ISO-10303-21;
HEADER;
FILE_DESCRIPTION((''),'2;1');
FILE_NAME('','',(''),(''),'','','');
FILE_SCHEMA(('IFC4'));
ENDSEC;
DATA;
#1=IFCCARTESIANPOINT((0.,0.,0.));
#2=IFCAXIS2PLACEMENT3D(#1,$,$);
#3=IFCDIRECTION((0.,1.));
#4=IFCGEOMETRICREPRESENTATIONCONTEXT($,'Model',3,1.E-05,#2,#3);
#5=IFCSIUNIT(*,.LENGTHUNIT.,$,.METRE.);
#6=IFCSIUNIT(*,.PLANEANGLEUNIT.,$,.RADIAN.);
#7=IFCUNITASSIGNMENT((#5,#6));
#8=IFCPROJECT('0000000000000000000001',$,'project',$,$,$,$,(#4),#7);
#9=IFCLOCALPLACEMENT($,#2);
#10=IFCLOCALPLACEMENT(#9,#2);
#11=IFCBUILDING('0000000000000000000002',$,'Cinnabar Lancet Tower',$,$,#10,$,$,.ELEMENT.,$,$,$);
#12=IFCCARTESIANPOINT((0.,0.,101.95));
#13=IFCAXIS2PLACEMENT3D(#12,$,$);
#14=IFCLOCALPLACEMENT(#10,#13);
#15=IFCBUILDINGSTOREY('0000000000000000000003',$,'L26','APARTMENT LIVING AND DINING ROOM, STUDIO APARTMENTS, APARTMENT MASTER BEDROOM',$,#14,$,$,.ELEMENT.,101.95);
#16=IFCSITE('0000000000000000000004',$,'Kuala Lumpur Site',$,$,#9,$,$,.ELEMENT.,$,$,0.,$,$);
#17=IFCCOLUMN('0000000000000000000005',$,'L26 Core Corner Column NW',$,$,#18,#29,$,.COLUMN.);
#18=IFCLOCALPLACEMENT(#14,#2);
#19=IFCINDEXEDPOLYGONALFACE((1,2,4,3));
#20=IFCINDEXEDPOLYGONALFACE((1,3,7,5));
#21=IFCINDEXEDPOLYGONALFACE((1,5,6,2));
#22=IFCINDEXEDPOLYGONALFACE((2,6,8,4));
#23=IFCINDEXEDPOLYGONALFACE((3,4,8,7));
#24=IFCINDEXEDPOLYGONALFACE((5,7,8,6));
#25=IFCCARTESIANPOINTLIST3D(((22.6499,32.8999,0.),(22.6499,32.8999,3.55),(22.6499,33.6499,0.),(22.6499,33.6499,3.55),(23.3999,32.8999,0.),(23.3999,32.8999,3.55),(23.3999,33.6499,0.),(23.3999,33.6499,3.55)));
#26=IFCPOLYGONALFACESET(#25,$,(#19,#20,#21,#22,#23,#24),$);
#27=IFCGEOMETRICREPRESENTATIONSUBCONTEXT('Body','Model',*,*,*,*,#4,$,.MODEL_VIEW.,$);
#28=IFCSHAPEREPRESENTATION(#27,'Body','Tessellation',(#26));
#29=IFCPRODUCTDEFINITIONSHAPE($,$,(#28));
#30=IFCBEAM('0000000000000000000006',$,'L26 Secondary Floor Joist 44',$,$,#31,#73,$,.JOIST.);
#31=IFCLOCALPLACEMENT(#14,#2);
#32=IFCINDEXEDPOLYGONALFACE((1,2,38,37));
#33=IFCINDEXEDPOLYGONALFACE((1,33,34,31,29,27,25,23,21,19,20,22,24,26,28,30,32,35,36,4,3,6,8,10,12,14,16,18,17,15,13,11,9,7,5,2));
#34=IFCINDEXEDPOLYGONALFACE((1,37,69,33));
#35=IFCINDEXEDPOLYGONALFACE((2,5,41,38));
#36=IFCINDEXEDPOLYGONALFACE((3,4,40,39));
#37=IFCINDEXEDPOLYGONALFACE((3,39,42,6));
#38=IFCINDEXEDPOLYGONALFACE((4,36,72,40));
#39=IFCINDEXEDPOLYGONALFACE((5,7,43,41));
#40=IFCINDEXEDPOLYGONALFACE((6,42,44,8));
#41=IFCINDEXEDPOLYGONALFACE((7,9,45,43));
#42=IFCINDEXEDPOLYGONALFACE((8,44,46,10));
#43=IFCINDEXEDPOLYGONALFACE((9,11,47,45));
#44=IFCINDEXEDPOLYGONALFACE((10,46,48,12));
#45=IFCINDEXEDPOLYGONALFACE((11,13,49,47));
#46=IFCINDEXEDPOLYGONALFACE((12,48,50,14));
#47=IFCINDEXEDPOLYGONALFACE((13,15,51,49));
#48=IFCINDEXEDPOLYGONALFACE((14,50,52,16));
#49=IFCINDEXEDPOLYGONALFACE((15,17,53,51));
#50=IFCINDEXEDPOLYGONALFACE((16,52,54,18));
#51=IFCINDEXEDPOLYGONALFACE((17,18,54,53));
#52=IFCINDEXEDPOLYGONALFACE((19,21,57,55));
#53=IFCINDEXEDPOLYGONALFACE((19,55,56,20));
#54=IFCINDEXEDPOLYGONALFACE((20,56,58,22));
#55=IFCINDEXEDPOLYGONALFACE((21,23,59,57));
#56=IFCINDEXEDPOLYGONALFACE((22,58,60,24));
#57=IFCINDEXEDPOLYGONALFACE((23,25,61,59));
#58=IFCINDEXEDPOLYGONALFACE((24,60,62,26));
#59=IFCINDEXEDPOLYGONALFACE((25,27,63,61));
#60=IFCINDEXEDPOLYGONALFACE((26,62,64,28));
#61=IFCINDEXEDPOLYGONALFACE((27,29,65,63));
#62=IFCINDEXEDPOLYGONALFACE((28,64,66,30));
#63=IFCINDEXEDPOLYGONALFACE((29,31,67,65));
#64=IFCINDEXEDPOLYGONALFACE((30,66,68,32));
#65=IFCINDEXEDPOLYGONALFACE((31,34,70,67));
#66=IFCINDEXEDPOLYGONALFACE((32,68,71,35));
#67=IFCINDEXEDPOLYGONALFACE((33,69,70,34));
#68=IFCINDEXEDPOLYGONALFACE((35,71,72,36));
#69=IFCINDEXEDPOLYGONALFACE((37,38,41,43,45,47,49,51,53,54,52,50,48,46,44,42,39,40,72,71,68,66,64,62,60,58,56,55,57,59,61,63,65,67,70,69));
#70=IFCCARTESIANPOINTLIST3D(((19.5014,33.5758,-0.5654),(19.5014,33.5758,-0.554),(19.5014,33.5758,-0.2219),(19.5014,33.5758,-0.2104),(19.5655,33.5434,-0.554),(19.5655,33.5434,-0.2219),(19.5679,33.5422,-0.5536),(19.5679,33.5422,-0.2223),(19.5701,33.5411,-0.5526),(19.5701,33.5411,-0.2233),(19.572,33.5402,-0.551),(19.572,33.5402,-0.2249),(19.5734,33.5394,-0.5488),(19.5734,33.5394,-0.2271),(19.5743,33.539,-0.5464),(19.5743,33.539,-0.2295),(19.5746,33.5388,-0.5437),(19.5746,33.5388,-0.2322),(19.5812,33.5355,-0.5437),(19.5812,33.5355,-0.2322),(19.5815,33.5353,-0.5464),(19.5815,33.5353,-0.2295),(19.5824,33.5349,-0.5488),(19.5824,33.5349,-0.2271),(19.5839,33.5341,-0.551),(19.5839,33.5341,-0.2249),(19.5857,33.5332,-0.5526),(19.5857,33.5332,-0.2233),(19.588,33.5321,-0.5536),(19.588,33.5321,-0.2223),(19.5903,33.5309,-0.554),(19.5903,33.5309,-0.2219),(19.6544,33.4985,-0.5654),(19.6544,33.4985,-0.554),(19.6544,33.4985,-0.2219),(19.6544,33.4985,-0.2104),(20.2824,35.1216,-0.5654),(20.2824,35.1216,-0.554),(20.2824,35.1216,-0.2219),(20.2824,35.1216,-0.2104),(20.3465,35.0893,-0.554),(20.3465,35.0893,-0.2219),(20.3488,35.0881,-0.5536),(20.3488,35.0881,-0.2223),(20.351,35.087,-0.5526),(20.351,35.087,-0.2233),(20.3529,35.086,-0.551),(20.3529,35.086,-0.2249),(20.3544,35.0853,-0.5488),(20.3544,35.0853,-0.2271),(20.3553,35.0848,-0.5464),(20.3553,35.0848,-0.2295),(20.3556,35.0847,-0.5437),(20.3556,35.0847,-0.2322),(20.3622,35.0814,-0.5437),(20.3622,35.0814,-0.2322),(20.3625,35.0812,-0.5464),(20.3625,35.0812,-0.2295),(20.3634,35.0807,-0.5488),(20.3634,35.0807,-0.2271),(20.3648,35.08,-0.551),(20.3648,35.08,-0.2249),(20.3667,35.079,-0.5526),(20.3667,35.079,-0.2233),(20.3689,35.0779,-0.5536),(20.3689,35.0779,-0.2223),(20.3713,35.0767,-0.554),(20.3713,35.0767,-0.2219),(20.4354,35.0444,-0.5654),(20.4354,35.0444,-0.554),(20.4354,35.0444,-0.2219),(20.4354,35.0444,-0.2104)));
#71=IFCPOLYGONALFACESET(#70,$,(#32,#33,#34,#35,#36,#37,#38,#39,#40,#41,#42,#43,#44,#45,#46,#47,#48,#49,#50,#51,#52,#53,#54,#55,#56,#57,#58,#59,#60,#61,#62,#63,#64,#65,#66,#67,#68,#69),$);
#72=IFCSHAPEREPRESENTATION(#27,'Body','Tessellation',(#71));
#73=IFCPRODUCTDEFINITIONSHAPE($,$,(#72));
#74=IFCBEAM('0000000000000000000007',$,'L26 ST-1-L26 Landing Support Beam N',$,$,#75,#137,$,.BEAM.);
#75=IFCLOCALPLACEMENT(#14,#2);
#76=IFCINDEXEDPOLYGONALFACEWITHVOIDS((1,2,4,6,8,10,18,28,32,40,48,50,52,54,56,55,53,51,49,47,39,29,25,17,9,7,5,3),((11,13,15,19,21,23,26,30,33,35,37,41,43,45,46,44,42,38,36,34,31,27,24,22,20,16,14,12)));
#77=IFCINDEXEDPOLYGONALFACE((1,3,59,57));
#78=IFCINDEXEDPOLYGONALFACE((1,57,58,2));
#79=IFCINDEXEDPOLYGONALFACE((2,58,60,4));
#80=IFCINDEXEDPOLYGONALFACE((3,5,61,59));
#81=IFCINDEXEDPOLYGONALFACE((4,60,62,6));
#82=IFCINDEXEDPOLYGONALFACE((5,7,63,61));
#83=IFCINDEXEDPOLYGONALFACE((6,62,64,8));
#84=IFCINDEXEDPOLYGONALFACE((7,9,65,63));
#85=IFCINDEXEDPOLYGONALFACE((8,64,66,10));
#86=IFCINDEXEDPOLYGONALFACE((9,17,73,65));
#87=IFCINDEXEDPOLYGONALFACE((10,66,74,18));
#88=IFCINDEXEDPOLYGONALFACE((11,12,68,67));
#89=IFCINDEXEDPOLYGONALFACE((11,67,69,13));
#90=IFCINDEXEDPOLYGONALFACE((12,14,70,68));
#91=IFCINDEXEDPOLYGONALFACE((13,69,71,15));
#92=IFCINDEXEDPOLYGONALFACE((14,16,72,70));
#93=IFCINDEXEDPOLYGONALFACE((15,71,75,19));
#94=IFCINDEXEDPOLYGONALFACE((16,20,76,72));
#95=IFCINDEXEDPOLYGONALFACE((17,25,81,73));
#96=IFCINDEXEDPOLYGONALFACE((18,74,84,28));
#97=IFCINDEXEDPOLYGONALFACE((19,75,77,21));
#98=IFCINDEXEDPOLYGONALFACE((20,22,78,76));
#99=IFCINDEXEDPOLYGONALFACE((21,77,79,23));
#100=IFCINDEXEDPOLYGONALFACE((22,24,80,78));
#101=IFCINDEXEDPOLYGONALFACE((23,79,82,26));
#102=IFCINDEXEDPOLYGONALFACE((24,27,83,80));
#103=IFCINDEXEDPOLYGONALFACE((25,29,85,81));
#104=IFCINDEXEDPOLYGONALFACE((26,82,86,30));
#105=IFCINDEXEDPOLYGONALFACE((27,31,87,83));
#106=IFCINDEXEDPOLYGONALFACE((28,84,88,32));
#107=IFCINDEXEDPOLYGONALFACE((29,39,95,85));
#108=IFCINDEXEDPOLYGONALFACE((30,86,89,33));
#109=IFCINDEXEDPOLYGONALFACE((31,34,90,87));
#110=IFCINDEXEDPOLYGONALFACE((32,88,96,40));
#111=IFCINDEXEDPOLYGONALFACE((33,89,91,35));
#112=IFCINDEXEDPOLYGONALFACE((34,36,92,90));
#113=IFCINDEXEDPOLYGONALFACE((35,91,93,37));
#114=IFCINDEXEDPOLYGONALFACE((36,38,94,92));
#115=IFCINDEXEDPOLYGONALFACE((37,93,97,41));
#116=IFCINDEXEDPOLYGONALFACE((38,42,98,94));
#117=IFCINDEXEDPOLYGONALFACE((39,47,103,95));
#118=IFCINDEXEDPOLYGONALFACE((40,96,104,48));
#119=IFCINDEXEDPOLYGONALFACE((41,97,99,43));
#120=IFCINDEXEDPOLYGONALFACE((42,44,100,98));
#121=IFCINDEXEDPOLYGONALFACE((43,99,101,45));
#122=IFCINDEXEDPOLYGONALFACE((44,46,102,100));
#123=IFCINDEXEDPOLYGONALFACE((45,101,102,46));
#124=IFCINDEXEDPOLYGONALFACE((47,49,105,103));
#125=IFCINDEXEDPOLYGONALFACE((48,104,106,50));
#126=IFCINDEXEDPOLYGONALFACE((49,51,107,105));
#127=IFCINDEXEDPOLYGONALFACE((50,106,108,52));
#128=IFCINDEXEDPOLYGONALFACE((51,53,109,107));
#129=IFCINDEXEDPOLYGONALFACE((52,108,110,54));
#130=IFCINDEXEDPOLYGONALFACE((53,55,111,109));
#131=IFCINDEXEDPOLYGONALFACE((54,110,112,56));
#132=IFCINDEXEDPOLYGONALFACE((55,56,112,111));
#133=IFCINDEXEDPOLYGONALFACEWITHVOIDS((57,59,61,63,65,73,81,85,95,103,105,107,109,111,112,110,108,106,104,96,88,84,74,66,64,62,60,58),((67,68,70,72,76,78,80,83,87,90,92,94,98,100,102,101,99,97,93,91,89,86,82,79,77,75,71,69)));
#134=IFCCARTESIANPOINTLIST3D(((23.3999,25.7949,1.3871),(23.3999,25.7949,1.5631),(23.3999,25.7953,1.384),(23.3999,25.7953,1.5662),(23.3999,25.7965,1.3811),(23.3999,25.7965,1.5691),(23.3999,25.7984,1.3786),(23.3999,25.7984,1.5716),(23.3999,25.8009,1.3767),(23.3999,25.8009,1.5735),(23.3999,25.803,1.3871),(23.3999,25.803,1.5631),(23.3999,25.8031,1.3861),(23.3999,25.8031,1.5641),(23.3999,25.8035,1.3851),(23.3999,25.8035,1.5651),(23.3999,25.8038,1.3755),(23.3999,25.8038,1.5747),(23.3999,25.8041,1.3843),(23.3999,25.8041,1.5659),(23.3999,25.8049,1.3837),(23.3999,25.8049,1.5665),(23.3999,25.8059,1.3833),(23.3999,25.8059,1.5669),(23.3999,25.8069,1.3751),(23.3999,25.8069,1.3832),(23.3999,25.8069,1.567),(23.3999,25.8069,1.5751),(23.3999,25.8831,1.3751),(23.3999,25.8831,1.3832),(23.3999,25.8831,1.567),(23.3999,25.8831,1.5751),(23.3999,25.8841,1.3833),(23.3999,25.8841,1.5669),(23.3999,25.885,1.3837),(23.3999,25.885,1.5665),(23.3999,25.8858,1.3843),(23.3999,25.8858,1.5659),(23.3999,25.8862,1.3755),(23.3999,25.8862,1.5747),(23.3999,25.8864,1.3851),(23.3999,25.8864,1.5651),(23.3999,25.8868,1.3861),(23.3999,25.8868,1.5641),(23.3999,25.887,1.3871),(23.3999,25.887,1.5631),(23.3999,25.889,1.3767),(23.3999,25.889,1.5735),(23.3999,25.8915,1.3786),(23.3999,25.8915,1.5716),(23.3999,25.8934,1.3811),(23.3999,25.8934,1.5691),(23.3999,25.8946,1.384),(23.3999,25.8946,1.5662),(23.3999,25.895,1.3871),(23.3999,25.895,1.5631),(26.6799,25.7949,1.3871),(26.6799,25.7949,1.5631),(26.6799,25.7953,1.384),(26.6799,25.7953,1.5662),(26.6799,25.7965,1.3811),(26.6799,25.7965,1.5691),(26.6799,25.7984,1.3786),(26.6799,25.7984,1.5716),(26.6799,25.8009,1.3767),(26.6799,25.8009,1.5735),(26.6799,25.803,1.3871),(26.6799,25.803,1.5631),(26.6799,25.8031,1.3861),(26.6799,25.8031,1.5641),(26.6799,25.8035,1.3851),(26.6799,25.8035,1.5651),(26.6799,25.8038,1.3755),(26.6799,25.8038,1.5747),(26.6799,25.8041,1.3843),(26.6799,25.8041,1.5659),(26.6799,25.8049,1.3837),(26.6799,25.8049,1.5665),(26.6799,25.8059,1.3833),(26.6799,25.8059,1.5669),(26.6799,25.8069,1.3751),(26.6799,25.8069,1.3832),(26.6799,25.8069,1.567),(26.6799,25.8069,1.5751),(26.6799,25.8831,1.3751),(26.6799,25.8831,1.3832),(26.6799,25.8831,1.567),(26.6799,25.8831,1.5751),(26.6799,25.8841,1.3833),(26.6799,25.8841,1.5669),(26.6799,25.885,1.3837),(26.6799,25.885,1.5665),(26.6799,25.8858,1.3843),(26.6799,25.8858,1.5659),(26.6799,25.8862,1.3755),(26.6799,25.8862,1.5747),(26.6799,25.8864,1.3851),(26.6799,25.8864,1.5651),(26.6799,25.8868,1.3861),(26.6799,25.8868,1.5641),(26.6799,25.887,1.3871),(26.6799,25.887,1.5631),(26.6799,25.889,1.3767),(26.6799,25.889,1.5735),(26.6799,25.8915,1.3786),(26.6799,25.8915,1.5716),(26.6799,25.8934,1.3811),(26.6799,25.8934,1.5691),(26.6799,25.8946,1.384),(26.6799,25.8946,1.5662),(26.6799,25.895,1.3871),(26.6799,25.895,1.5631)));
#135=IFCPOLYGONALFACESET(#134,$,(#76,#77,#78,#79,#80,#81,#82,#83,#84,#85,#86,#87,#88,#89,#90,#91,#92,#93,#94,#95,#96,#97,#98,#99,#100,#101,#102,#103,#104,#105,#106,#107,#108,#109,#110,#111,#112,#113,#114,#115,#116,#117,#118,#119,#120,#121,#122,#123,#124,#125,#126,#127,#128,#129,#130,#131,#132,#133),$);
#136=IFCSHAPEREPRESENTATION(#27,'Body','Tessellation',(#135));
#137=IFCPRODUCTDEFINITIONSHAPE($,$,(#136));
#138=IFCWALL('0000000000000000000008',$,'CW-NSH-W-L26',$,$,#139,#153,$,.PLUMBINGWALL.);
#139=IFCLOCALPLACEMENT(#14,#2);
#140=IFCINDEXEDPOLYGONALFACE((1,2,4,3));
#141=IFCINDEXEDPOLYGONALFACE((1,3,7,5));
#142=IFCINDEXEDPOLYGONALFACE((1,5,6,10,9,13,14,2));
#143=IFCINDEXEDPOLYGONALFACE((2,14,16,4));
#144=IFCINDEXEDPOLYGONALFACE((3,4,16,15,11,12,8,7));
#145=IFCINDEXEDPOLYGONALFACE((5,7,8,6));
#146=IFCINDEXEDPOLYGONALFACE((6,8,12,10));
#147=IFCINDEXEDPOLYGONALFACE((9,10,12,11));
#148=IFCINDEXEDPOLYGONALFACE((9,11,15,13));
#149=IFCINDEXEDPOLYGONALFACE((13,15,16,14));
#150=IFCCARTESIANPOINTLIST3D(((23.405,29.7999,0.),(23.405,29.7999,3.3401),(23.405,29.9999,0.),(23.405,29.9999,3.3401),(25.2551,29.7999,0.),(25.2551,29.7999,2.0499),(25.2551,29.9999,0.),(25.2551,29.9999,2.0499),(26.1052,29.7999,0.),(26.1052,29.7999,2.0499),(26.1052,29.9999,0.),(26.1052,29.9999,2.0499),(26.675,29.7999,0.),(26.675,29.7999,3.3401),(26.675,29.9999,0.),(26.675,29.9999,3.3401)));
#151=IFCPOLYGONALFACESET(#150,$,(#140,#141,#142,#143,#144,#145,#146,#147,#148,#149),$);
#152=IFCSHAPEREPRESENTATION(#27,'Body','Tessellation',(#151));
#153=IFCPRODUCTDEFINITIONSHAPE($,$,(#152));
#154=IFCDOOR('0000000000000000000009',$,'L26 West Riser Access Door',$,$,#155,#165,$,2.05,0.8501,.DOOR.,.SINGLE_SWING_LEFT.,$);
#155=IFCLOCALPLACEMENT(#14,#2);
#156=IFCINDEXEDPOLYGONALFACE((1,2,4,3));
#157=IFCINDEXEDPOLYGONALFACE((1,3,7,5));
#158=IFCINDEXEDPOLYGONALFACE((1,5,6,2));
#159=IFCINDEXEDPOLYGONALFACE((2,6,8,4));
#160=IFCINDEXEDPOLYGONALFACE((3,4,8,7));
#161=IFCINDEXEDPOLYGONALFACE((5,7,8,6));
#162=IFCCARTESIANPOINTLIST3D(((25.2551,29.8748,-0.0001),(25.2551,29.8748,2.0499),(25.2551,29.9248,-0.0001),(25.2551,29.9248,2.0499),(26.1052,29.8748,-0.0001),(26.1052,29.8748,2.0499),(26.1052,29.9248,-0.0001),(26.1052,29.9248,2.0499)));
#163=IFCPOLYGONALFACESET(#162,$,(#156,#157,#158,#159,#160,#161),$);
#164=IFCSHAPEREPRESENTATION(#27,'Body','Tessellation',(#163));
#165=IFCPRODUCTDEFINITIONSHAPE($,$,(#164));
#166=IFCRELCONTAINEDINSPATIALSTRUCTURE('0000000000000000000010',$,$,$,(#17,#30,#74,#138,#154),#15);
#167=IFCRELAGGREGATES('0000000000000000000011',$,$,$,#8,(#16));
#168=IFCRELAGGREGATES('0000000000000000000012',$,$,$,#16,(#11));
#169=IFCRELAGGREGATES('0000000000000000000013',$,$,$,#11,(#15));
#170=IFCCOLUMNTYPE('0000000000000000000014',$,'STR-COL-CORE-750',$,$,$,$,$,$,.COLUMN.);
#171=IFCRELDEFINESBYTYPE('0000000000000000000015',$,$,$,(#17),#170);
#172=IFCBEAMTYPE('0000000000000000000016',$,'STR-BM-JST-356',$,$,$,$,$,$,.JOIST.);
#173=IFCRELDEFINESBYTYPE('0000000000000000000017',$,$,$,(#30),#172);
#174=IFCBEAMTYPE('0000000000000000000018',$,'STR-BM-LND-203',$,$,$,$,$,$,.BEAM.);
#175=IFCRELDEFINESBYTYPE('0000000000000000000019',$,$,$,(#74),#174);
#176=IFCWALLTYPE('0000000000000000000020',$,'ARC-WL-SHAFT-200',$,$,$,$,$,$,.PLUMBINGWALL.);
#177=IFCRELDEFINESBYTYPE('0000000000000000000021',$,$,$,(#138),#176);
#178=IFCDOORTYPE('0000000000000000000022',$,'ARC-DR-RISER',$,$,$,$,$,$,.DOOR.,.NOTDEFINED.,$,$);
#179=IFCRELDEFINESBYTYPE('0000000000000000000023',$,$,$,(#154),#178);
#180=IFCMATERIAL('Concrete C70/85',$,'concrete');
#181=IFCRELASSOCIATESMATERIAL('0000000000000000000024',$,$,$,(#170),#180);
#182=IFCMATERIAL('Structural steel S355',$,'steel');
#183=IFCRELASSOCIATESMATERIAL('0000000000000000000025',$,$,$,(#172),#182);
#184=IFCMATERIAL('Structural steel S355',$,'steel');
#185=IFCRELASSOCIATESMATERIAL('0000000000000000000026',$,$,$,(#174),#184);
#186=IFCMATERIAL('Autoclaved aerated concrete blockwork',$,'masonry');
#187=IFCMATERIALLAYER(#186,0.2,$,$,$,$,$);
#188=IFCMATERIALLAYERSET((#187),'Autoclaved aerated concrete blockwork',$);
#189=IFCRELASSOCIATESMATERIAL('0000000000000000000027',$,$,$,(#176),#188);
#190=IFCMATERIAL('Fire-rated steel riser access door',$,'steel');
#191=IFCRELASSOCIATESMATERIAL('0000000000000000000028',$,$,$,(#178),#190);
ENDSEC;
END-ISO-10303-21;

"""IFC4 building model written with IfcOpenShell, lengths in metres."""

from ifc_helpers import new_model, si_unit, direction, frame, frame_2d, origin, origin_2d, place, context, subcontext, project, spatial, rectangle, hollow_rectangle, i_section, extrude, material, layer, layer_set, material_profile, profile_set, type_object, element, fill, save


model = new_model("IFC4")

# Units and contexts
model_context = context("Model", 3, precision=1e-05, world=origin(), true_north=direction((0.0, 1.0)))
body_context = subcontext(model_context, "Body", "Model", "MODEL_VIEW")
ifc_project = project(units=[si_unit("LENGTHUNIT", "METRE"), si_unit("PLANEANGLEUNIT", "RADIAN")], contexts=[model_context])

# Site, building, storey
site_placement = place(None, origin())
site = spatial("IfcSite", under=ifc_project, at=site_placement, Name="Kuala Lumpur Site", CompositionType="ELEMENT", RefElevation=0.0)
building_placement = place(site_placement, origin())
building = spatial("IfcBuilding", under=site, at=building_placement, Name="Cinnabar Lancet Tower", CompositionType="ELEMENT")
storey_placement = place(building_placement, frame((0.0, 0.0, 101.95)))
storey = spatial("IfcBuildingStorey", under=building, at=storey_placement, Name="L26", Description="APARTMENT LIVING AND DINING ROOM, STUDIO APARTMENTS, APARTMENT MASTER BEDROOM", CompositionType="ELEMENT", Elevation=101.95)

# Column
ifc_material_1 = material(Name="Concrete C70/85", Category="concrete")
ifc_material_profile_1 = material_profile(ifc_material_1, rectangle(XDim=0.75, YDim=0.75, at=origin_2d()), Name="RC-COL 750x750")
ifc_profile_set_1 = profile_set([ifc_material_profile_1], Name="Concrete C70/85")
column_type = type_object("IfcColumnType", Name="STR-COL-CORE-750", PredefinedType="COLUMN", material=ifc_profile_set_1)
column_placement = place(storey_placement, frame((23.0249, 33.2749, 0.0), z_axis=(0.0, 0.0, 1.0), x_axis=(1.0, 0.0, 0.0)))
element("IfcColumn", 1, at=column_placement, inside=storey, type_object=column_type, Name="L26 Core Corner Column NW", PredefinedType="COLUMN", context=body_context, shape_type="SweptSolid", body=[
    extrude(rectangle(XDim=0.75, YDim=0.75, at=origin_2d()), origin(), (0.0, 0.0, 1.0), 3.55),
])

# Beams
ifc_material_2 = material(Name="Structural steel S355", Category="steel")
ifc_material_profile_2 = material_profile(ifc_material_2, i_section(OverallWidth=0.1714, OverallDepth=0.355, WebThickness=0.0073, FlangeThickness=0.0115, FilletRadius=0.0103, at=origin_2d()), Name="UKB 356x171x51")
ifc_profile_set_2 = profile_set([ifc_material_profile_2], Name="Structural steel S355")
beam_type_1 = type_object("IfcBeamType", Name="STR-BM-JST-356", PredefinedType="JOIST", material=ifc_profile_set_2)
beam_1_placement = place(storey_placement, frame((20.3589, 35.083, -0.3879), z_axis=(-0.450931, -0.892559, 0.0), x_axis=(0.892559, -0.450931, 0.0)))
element("IfcBeam", 2, at=beam_1_placement, inside=storey, type_object=beam_type_1, Name="L26 Secondary Floor Joist 44", PredefinedType="JOIST", context=body_context, shape_type="SweptSolid", body=[
    extrude(i_section(OverallWidth=0.1714, OverallDepth=0.355, WebThickness=0.0073, FlangeThickness=0.0115, FilletRadius=0.0103, at=origin_2d()), origin(), (0.0, 0.0, 1.0), 1.7319),
])
ifc_material_3 = material(Name="Structural steel S355", Category="steel")
ifc_material_profile_3 = material_profile(ifc_material_3, hollow_rectangle(XDim=0.1001, YDim=0.2, WallThickness=0.0081, InnerFilletRadius=0.0039, OuterFilletRadius=0.012, at=origin_2d()), Name="RHS 200x100x8")
ifc_profile_set_3 = profile_set([ifc_material_profile_3], Name="Structural steel S355")
beam_type_2 = type_object("IfcBeamType", Name="STR-BM-LND-203", PredefinedType="BEAM", material=ifc_profile_set_3)
beam_2_placement = place(storey_placement, frame((23.3999, 25.845, 1.4751), z_axis=(1.0, 0.0, 0.0), x_axis=(0.0, 1.0, 0.0)))
element("IfcBeam", 3, at=beam_2_placement, inside=storey, type_object=beam_type_2, Name="L26 ST-1-L26 Landing Support Beam N", PredefinedType="BEAM", context=body_context, shape_type="SweptSolid", body=[
    extrude(hollow_rectangle(XDim=0.1001, YDim=0.2, WallThickness=0.0081, InnerFilletRadius=0.0039, OuterFilletRadius=0.012, at=origin_2d()), origin(), (0.0, 0.0, 1.0), 3.28),
])

# Wall, opening, door
ifc_material_4 = material(Name="Autoclaved aerated concrete blockwork", Category="masonry")
ifc_layer_1 = layer(ifc_material_4, 0.2)
ifc_layer_set_1 = layer_set([ifc_layer_1], Name="Autoclaved aerated concrete blockwork")
wall_type_1 = type_object("IfcWallType", Name="ARC-WL-SHAFT-200", PredefinedType="PLUMBINGWALL", material=ifc_layer_set_1)
wall_1_placement = place(storey_placement, frame((23.405, 29.8999, 0.0), z_axis=(0.0, 0.0, 1.0), x_axis=(1.0, 0.0, 0.0)))
wall_1 = element("IfcWall", 4, at=wall_1_placement, inside=storey, type_object=wall_type_1, Name="CW-NSH-W-L26", PredefinedType="PLUMBINGWALL", context=body_context, shape_type="SweptSolid", body=[
    extrude(rectangle(XDim=3.27, YDim=0.2, at=frame_2d((1.635, 0.0))), origin(), (0.0, 0.0, 1.0), 3.3401),
])
opening_1_placement = place(wall_1_placement, frame((1.8501, 0.0, 0.0)))
opening_1 = element("IfcOpeningElement", 5, at=opening_1_placement, cuts=wall_1, PredefinedType="OPENING", context=body_context, shape_type="SweptSolid", body=[
    extrude(rectangle(XDim=0.8501, YDim=2.05, at=frame_2d((0.425, 1.0249))), frame((0.0, 0.1099, 0.0), z_axis=(0.0, -1.0, 0.0), x_axis=(1.0, 0.0, 0.0)), (0.0, 0.0, 1.0), 0.22),
])
ifc_material_5 = material(Name="Fire-rated steel riser access door", Category="steel")
door_type_1 = type_object("IfcDoorType", Name="ARC-DR-RISER", OperationType="NOTDEFINED", PredefinedType="DOOR", material=ifc_material_5)
door_1_placement = place(opening_1_placement, origin())
door_1 = element("IfcDoor", 6, at=door_1_placement, inside=storey, type_object=door_type_1, Name="L26 West Riser Access Door", OperationType="SINGLE_SWING_LEFT", OverallHeight=2.05, OverallWidth=0.8501, PredefinedType="DOOR", context=body_context, shape_type="SweptSolid", body=[
    extrude(rectangle(XDim=0.8501, YDim=2.05, at=frame_2d((0.425, 1.0249))), frame((0.0, 0.0249, 0.0), z_axis=(0.0, -1.0, 0.0), x_axis=(1.0, 0.0, 0.0)), (0.0, 0.0, 1.0), 0.05),
])
fill(opening_1, door_1)

save(model, "model.ifc")
